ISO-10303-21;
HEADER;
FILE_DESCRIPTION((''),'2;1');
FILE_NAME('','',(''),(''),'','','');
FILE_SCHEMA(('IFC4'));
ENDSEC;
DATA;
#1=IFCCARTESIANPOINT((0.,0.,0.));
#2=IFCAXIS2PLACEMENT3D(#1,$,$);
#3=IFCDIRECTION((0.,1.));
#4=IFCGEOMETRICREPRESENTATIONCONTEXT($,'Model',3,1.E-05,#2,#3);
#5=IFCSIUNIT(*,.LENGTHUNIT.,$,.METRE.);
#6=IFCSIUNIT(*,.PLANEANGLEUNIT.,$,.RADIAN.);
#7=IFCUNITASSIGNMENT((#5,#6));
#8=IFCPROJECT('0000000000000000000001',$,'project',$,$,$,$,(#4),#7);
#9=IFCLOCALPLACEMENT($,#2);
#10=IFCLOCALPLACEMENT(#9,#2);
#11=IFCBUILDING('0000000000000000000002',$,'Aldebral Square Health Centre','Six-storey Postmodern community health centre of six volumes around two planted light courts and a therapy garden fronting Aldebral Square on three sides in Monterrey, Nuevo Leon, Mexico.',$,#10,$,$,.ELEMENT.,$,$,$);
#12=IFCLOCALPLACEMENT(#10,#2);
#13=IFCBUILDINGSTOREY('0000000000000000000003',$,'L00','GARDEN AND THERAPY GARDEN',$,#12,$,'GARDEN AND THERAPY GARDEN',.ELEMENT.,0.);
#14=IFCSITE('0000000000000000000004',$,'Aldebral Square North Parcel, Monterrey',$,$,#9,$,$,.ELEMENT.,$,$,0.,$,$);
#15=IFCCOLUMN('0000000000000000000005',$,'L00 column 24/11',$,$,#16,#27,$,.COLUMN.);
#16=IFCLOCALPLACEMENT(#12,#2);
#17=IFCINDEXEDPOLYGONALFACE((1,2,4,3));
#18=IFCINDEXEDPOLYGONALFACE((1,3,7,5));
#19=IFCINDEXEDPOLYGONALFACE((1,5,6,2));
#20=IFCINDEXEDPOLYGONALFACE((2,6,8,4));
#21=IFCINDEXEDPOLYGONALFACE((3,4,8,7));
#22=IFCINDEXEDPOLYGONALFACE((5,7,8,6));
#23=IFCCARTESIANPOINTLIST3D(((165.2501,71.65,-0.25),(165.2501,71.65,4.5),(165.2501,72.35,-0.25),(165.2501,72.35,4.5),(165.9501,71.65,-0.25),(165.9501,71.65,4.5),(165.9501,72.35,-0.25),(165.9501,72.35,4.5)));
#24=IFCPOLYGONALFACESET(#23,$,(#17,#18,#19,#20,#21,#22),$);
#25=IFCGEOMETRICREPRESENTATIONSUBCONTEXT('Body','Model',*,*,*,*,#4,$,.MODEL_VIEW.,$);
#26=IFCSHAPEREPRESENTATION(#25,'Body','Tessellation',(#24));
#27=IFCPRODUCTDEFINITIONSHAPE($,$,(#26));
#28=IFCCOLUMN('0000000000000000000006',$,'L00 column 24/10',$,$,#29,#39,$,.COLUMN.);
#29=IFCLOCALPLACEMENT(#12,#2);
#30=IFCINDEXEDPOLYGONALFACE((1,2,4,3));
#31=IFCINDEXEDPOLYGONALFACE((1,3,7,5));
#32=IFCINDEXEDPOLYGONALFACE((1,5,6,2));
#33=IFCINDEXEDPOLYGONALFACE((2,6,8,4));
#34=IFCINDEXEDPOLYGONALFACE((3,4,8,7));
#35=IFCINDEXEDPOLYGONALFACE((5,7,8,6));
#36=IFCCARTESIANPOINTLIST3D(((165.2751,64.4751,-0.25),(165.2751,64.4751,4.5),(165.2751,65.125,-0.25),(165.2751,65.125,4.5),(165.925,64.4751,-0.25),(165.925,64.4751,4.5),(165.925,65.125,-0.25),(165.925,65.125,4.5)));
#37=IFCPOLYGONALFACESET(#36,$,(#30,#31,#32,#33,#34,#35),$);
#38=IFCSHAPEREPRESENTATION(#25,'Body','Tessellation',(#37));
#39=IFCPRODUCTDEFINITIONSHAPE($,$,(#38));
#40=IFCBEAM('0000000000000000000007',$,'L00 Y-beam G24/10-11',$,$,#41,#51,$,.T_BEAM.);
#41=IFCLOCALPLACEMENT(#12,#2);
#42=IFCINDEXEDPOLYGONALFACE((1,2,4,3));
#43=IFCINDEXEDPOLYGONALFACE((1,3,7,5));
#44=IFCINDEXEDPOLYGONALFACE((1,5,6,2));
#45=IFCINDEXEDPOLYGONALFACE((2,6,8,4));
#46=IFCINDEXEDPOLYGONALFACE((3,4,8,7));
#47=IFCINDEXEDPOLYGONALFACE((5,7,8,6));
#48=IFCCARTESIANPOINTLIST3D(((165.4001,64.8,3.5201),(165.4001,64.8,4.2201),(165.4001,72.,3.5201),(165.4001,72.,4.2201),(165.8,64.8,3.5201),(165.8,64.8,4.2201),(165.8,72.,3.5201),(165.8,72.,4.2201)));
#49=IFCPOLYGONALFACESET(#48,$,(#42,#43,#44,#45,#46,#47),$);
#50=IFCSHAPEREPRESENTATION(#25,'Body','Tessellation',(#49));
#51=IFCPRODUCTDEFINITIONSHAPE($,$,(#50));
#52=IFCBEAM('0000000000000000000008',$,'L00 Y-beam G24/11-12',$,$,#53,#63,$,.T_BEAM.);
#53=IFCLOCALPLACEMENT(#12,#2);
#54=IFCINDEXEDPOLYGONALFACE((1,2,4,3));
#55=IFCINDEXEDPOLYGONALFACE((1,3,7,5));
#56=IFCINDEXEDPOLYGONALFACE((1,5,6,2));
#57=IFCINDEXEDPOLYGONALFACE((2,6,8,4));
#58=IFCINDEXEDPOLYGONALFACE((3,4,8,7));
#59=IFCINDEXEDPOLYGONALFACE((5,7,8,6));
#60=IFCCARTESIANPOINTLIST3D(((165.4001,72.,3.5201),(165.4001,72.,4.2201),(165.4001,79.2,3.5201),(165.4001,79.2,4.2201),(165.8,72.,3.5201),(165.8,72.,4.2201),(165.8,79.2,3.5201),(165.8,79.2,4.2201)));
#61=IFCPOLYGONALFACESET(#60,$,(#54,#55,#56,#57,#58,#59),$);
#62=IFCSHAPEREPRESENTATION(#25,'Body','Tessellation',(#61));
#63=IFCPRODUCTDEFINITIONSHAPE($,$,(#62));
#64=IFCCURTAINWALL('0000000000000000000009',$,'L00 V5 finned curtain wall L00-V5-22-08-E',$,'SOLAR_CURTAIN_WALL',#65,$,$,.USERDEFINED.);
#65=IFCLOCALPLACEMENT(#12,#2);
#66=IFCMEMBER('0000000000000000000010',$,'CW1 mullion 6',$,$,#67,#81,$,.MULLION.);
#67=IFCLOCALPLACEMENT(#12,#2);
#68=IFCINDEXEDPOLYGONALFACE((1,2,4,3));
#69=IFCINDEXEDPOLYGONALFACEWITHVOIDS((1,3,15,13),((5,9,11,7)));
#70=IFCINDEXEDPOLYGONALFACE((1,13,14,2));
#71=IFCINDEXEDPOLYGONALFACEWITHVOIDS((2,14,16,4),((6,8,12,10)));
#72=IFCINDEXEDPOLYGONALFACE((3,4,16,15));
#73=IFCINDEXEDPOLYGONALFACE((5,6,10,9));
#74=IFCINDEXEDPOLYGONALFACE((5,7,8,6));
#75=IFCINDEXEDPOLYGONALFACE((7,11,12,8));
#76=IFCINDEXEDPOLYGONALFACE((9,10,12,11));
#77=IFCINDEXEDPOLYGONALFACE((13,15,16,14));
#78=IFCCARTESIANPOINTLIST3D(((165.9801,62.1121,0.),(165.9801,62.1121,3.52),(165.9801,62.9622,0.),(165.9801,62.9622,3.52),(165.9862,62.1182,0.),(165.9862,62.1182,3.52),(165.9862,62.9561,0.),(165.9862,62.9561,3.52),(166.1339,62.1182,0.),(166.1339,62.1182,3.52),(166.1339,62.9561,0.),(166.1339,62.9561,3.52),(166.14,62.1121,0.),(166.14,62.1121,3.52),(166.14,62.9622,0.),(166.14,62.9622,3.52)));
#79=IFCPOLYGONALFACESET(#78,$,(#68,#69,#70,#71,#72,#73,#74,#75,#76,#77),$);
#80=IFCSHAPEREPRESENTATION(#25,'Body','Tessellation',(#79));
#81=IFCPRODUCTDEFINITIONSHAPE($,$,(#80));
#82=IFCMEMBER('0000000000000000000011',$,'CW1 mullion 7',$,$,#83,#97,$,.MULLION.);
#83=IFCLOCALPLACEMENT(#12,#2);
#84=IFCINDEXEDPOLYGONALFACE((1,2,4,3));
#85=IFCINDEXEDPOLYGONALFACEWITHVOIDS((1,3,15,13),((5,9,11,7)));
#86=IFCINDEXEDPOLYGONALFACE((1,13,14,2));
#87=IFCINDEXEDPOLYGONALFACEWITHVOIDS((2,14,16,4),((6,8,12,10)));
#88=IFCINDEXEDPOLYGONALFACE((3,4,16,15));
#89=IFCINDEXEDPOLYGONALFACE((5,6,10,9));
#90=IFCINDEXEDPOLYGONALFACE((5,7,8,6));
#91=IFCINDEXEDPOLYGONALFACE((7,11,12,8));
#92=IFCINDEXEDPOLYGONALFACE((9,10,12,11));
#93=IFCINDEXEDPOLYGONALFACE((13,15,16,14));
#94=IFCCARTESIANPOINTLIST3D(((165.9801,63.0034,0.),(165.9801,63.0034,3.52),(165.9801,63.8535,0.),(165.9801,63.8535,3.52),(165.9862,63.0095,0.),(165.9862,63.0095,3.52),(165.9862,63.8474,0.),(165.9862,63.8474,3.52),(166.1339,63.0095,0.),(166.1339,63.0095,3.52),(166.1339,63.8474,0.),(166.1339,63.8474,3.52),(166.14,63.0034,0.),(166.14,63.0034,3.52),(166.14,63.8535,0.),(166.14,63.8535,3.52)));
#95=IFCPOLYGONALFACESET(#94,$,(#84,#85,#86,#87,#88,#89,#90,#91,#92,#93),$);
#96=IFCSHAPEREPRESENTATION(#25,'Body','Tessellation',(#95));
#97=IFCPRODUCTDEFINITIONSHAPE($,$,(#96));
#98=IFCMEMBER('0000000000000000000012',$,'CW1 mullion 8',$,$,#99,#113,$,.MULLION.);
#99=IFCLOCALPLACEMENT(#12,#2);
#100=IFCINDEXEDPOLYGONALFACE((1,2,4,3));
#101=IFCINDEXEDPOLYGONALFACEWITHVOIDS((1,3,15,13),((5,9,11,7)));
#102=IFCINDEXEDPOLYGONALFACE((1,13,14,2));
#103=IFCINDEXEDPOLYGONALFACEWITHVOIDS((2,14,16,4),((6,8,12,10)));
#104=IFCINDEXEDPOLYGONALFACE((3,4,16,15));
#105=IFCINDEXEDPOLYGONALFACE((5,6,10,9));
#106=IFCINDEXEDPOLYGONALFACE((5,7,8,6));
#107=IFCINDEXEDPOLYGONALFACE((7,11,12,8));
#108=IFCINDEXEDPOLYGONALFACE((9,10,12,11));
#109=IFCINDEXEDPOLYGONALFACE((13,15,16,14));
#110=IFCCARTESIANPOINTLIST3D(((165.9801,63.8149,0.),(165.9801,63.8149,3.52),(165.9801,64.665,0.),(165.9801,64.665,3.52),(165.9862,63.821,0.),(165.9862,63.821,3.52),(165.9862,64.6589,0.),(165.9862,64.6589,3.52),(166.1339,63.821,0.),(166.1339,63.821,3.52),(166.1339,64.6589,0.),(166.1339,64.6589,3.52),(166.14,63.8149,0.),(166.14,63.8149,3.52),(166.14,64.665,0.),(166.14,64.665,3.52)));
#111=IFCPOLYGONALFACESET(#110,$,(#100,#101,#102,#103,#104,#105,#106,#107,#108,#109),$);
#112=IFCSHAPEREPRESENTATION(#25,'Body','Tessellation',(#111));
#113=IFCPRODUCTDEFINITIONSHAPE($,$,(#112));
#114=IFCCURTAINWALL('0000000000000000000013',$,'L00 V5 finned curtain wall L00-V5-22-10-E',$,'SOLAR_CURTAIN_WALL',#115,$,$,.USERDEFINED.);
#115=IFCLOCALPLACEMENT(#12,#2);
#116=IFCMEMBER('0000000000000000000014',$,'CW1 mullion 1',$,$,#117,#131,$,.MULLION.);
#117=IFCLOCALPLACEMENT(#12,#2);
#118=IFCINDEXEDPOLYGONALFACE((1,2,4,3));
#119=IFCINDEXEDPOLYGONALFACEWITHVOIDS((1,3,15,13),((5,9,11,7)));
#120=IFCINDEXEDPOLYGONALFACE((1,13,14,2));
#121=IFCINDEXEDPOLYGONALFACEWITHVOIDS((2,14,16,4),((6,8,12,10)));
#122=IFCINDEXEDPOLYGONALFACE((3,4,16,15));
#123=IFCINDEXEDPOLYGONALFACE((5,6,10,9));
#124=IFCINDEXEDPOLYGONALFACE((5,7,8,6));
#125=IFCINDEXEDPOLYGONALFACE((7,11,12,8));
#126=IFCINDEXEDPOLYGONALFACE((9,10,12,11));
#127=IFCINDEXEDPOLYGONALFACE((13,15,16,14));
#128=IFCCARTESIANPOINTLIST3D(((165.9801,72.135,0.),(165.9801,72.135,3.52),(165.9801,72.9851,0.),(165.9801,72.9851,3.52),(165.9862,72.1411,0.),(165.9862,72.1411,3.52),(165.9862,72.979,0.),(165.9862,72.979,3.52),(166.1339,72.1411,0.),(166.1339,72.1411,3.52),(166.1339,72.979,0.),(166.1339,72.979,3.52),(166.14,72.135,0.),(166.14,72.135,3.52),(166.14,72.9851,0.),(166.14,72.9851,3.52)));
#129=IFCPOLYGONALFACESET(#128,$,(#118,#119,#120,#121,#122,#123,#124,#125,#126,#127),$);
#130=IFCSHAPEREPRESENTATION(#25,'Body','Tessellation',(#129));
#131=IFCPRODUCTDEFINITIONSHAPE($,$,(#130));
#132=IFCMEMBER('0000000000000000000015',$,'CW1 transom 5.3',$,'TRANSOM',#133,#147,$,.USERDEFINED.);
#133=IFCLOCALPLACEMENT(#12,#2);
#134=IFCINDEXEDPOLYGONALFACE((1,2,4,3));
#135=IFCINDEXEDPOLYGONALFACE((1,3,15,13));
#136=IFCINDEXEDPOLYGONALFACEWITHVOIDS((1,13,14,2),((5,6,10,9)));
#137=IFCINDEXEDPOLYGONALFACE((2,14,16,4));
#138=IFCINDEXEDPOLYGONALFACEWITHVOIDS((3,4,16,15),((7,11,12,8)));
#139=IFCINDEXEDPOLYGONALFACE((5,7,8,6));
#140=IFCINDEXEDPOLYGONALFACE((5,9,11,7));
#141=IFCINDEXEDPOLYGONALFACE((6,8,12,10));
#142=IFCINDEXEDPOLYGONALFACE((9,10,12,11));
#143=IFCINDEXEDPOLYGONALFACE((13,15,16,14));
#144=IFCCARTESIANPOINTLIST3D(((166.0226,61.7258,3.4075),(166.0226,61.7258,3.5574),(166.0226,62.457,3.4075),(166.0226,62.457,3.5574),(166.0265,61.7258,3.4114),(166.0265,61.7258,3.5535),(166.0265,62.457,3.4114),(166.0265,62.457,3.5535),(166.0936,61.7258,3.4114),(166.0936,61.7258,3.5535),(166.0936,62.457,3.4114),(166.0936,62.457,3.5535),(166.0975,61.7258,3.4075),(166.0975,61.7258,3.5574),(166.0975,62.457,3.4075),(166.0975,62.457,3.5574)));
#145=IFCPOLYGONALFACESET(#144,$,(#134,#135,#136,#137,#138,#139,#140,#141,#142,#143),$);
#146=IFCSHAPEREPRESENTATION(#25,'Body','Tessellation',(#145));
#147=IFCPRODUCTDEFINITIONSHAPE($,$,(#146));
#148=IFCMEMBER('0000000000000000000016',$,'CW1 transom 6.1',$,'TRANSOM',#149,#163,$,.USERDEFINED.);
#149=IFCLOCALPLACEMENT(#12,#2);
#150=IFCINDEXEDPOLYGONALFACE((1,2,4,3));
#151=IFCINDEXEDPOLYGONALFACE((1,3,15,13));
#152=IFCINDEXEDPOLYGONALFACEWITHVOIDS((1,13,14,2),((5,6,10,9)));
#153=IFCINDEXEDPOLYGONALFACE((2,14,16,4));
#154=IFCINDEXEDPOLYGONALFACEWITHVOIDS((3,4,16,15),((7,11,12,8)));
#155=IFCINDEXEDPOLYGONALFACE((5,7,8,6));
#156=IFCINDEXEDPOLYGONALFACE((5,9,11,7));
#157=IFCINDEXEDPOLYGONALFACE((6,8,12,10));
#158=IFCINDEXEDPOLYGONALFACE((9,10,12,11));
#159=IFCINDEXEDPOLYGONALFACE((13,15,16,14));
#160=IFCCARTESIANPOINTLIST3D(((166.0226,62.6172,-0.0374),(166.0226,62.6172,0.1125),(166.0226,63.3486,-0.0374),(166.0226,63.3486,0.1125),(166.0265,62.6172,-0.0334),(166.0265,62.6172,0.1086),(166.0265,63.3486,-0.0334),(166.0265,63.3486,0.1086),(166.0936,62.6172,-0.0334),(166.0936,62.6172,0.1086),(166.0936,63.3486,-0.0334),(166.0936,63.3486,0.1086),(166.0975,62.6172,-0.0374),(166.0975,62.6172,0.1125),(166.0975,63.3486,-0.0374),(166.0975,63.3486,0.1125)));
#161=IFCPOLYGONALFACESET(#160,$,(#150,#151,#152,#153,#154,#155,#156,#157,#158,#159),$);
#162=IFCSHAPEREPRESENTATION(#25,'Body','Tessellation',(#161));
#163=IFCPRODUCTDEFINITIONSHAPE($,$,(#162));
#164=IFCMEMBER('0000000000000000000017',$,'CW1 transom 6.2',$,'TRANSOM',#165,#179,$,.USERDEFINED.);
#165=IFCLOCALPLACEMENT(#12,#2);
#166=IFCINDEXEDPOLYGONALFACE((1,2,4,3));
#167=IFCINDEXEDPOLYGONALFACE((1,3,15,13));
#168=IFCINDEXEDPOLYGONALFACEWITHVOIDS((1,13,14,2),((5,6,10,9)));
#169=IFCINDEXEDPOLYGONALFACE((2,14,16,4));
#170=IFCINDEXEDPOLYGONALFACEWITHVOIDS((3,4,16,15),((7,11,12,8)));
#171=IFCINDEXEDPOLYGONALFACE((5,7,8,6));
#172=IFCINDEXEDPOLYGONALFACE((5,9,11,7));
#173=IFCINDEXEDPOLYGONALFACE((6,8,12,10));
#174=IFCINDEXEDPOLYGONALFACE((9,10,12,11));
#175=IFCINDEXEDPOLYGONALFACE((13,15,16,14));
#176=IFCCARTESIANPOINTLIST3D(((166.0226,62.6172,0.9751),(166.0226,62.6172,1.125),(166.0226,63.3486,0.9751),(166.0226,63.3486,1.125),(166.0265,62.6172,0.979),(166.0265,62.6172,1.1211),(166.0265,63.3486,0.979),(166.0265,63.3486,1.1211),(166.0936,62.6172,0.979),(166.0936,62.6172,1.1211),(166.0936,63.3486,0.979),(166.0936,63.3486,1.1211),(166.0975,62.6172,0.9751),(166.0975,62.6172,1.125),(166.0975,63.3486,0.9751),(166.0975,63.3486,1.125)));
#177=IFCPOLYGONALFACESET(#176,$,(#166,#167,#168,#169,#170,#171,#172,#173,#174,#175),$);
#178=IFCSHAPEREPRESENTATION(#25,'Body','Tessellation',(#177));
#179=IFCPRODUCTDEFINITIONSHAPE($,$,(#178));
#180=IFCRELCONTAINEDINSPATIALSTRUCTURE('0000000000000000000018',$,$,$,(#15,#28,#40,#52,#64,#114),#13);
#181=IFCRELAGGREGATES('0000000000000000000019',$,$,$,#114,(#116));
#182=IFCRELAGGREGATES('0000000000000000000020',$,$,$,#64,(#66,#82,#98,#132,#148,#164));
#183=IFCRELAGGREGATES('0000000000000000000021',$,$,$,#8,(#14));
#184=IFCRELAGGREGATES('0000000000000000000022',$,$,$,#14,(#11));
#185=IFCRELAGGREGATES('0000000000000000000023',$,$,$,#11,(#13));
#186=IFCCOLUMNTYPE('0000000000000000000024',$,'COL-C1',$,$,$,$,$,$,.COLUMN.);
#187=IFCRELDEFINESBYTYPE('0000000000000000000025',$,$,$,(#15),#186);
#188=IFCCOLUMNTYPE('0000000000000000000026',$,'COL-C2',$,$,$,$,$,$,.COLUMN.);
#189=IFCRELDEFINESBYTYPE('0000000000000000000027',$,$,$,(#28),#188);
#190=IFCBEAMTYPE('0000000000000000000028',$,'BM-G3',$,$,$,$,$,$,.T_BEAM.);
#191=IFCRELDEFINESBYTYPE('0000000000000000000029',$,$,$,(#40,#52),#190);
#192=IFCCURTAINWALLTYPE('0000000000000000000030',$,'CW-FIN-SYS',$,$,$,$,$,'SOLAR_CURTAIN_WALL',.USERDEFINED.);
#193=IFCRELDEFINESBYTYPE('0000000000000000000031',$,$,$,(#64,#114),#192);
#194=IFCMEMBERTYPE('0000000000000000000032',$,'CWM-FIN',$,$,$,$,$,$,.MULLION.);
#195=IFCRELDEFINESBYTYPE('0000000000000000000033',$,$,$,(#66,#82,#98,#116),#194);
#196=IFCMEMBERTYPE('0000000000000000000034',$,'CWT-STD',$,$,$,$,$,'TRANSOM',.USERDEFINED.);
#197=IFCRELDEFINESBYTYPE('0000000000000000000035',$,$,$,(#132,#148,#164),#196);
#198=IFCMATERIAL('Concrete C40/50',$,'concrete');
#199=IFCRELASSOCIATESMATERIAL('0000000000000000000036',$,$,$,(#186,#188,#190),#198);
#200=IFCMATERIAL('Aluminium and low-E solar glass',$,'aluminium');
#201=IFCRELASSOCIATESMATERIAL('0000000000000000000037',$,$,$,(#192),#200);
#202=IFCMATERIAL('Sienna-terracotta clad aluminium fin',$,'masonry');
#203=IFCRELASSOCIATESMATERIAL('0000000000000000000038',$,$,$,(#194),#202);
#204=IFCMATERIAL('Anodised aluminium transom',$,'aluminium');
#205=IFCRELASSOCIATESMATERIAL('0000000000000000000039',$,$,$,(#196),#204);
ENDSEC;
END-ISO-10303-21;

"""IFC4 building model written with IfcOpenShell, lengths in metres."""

from ifc_helpers import new_model, si_unit, direction, frame, origin, origin_2d, place, context, subcontext, project, spatial, rectangle, hollow_rectangle, extrude, material, material_profile, profile_set, type_object, element, aggregate, save


model = new_model("IFC4")

# Units and contexts
model_context = context("Model", 3, precision=1e-05, world=origin(), true_north=direction((0.0, 1.0)))
body_context = subcontext(model_context, "Body", "Model", "MODEL_VIEW")
ifc_project = project(units=[si_unit("LENGTHUNIT", "METRE"), si_unit("PLANEANGLEUNIT", "RADIAN")], contexts=[model_context])

# Site, building, storey
site_placement = place(None, origin())
site = spatial("IfcSite", under=ifc_project, at=site_placement, Name="Aldebral Square North Parcel, Monterrey", CompositionType="ELEMENT", RefElevation=0.0)
building_placement = place(site_placement, origin())
building = spatial("IfcBuilding", under=site, at=building_placement, Name="Aldebral Square Health Centre", Description="Six-storey Postmodern community health centre of six volumes around two planted light courts and a therapy garden fronting Aldebral Square on three sides in Monterrey, Nuevo Leon, Mexico.", CompositionType="ELEMENT")
storey_placement = place(building_placement, origin())
storey = spatial("IfcBuildingStorey", under=building, at=storey_placement, Name="L00", Description="GARDEN AND THERAPY GARDEN", LongName="GARDEN AND THERAPY GARDEN", CompositionType="ELEMENT", Elevation=0.0)

# Columns
ifc_material_1 = material(Name="Concrete C40/50", Category="concrete")
ifc_material_profile_1 = material_profile(ifc_material_1, rectangle(XDim=0.7, YDim=0.7, at=origin_2d()), Name="RC 700x700")
ifc_profile_set_1 = profile_set([ifc_material_profile_1], Name="Concrete C40/50")
column_type_1 = type_object("IfcColumnType", Name="COL-C1", PredefinedType="COLUMN", material=ifc_profile_set_1)
column_1_placement = place(storey_placement, frame((165.6001, 72.0, -0.25), z_axis=(0.0, 0.0, 1.0), x_axis=(1.0, 0.0, 0.0)))
element("IfcColumn", 1, at=column_1_placement, inside=storey, type_object=column_type_1, Name="L00 column 24/11", PredefinedType="COLUMN", context=body_context, shape_type="SweptSolid", body=[
    extrude(rectangle(XDim=0.7, YDim=0.7, at=origin_2d()), origin(), (0.0, 0.0, 1.0), 4.75),
])
ifc_material_profile_2 = material_profile(ifc_material_1, rectangle(XDim=0.6499, YDim=0.6499, at=origin_2d()), Name="RC 650x650")
ifc_profile_set_2 = profile_set([ifc_material_profile_2], Name="Concrete C40/50")
column_type_2 = type_object("IfcColumnType", Name="COL-C2", PredefinedType="COLUMN", material=ifc_profile_set_2)
column_2_placement = place(storey_placement, frame((165.6001, 64.8, -0.25), z_axis=(0.0, 0.0, 1.0), x_axis=(1.0, 0.0, 0.0)))
element("IfcColumn", 2, at=column_2_placement, inside=storey, type_object=column_type_2, Name="L00 column 24/10", PredefinedType="COLUMN", context=body_context, shape_type="SweptSolid", body=[
    extrude(rectangle(XDim=0.6499, YDim=0.6499, at=origin_2d()), origin(), (0.0, 0.0, 1.0), 4.75),
])

# Beams
ifc_material_profile_3 = material_profile(ifc_material_1, rectangle(XDim=0.3999, YDim=0.7, at=origin_2d()), Name="RC 400x700")
ifc_profile_set_3 = profile_set([ifc_material_profile_3], Name="Concrete C40/50")
beam_type = type_object("IfcBeamType", Name="BM-G3", PredefinedType="T_BEAM", material=ifc_profile_set_3)
for number, where, z_axis, x_axis, name in (
    (3, (165.6001, 64.8, 3.8701), (0.0, 1.0, 0.0), (-1.0, 0.0, 0.0), "L00 Y-beam G24/10-11"),
    (4, (165.6001, 72.0, 3.8701), (0.0, 1.0, 0.0), (-1.0, 0.0, 0.0), "L00 Y-beam G24/11-12"),
):
    element("IfcBeam", number, at=place(storey_placement, frame(where, z_axis=z_axis, x_axis=x_axis)), inside=storey, type_object=beam_type, Name=name, PredefinedType="T_BEAM", context=body_context, shape_type="SweptSolid", body=[
        extrude(rectangle(XDim=0.3999, YDim=0.7, at=origin_2d()), origin(), (0.0, 0.0, 1.0), 7.2),
    ])

# Curtain wall, members
ifc_material_2 = material(Name="Aluminium and low-E solar glass", Category="aluminium")
curtain_wall_type = type_object("IfcCurtainWallType", Name="CW-FIN-SYS", ElementType="SOLAR_CURTAIN_WALL", PredefinedType="USERDEFINED", material=ifc_material_2)
curtain_wall_1_placement = place(storey_placement, origin())
curtain_wall_1 = element("IfcCurtainWall", 5, at=curtain_wall_1_placement, inside=storey, type_object=curtain_wall_type, Name="L00 V5 finned curtain wall L00-V5-22-08-E", ObjectType="SOLAR_CURTAIN_WALL", PredefinedType="USERDEFINED")
ifc_material_3 = material(Name="Sienna-terracotta clad aluminium fin", Category="masonry")
ifc_material_profile_4 = material_profile(ifc_material_3, hollow_rectangle(XDim=0.1599, YDim=0.8501, WallThickness=0.0061, at=origin_2d()), Name="FIN 160x850x6")
ifc_profile_set_4 = profile_set([ifc_material_profile_4], Name="Sienna-terracotta clad aluminium fin")
member_type_1 = type_object("IfcMemberType", Name="CWM-FIN", PredefinedType="MULLION", material=ifc_profile_set_4)
member_1_placement = place(storey_placement, frame((166.0601, 62.5371, 0.0), z_axis=(0.0, 0.0, 1.0), x_axis=(-1.0, 0.0, 0.0)))
member_1 = element("IfcMember", 6, at=member_1_placement, type_object=member_type_1, Name="CW1 mullion 6", PredefinedType="MULLION", context=body_context, shape_type="SweptSolid", body=[
    extrude(hollow_rectangle(XDim=0.1599, YDim=0.8501, WallThickness=0.0061, at=origin_2d()), origin(), (0.0, 0.0, 1.0), 3.52),
])
member_2_placement = place(storey_placement, frame((166.0601, 63.4285, 0.0), z_axis=(0.0, 0.0, 1.0), x_axis=(-1.0, 0.0, 0.0)))
member_2 = element("IfcMember", 7, at=member_2_placement, type_object=member_type_1, Name="CW1 mullion 7", PredefinedType="MULLION", context=body_context, shape_type="SweptSolid", body=[
    extrude(hollow_rectangle(XDim=0.1599, YDim=0.8501, WallThickness=0.0061, at=origin_2d()), origin(), (0.0, 0.0, 1.0), 3.52),
])
member_3_placement = place(storey_placement, frame((166.0601, 64.24, 0.0), z_axis=(0.0, 0.0, 1.0), x_axis=(-1.0, 0.0, 0.0)))
member_3 = element("IfcMember", 8, at=member_3_placement, type_object=member_type_1, Name="CW1 mullion 8", PredefinedType="MULLION", context=body_context, shape_type="SweptSolid", body=[
    extrude(hollow_rectangle(XDim=0.1599, YDim=0.8501, WallThickness=0.0061, at=origin_2d()), origin(), (0.0, 0.0, 1.0), 3.52),
])

# Curtain wall, member
curtain_wall_2_placement = place(storey_placement, origin())
curtain_wall_2 = element("IfcCurtainWall", 9, at=curtain_wall_2_placement, inside=storey, type_object=curtain_wall_type, Name="L00 V5 finned curtain wall L00-V5-22-10-E", ObjectType="SOLAR_CURTAIN_WALL", PredefinedType="USERDEFINED")
member_4_placement = place(storey_placement, frame((166.0601, 72.5601, 0.0), z_axis=(0.0, 0.0, 1.0), x_axis=(-1.0, 0.0, 0.0)))
member_4 = element("IfcMember", 10, at=member_4_placement, type_object=member_type_1, Name="CW1 mullion 1", PredefinedType="MULLION", context=body_context, shape_type="SweptSolid", body=[
    extrude(hollow_rectangle(XDim=0.1599, YDim=0.8501, WallThickness=0.0061, at=origin_2d()), origin(), (0.0, 0.0, 1.0), 3.52),
])

# Members
ifc_material_4 = material(Name="Anodised aluminium transom", Category="aluminium")
ifc_material_profile_5 = material_profile(ifc_material_4, hollow_rectangle(XDim=0.075, YDim=0.1499, WallThickness=0.0039, at=origin_2d()), Name="CWT 75x150x4")
ifc_profile_set_5 = profile_set([ifc_material_profile_5], Name="Anodised aluminium transom")
member_type_2 = type_object("IfcMemberType", Name="CWT-STD", ElementType="TRANSOM", PredefinedType="USERDEFINED", material=ifc_profile_set_5)
member_5_placement = place(storey_placement, frame((166.0601, 61.7258, 3.4824), z_axis=(0.0, 1.0, 0.0), x_axis=(-1.0, 0.0, 0.0)))
member_5 = element("IfcMember", 11, at=member_5_placement, type_object=member_type_2, Name="CW1 transom 5.3", ObjectType="TRANSOM", PredefinedType="USERDEFINED", context=body_context, shape_type="SweptSolid", body=[
    extrude(hollow_rectangle(XDim=0.075, YDim=0.1499, WallThickness=0.0039, at=origin_2d()), origin(), (0.0, 0.0, 1.0), 0.7312),
])
member_6_placement = place(storey_placement, frame((166.0601, 62.6172, 0.0376), z_axis=(0.0, 1.0, 0.0), x_axis=(-1.0, 0.0, 0.0)))
member_6 = element("IfcMember", 12, at=member_6_placement, type_object=member_type_2, Name="CW1 transom 6.1", ObjectType="TRANSOM", PredefinedType="USERDEFINED", context=body_context, shape_type="SweptSolid", body=[
    extrude(hollow_rectangle(XDim=0.075, YDim=0.1499, WallThickness=0.0039, at=origin_2d()), origin(), (0.0, 0.0, 1.0), 0.7314),
])
member_7_placement = place(storey_placement, frame((166.0601, 62.6172, 1.05), z_axis=(0.0, 1.0, 0.0), x_axis=(-1.0, 0.0, 0.0)))
member_7 = element("IfcMember", 13, at=member_7_placement, type_object=member_type_2, Name="CW1 transom 6.2", ObjectType="TRANSOM", PredefinedType="USERDEFINED", context=body_context, shape_type="SweptSolid", body=[
    extrude(hollow_rectangle(XDim=0.075, YDim=0.1499, WallThickness=0.0039, at=origin_2d()), origin(), (0.0, 0.0, 1.0), 0.7314),
])
aggregate(curtain_wall_2, [member_4])

aggregate(curtain_wall_1, [member_1, member_2, member_3, member_5, member_6, member_7])

save(model, "model.ifc")
